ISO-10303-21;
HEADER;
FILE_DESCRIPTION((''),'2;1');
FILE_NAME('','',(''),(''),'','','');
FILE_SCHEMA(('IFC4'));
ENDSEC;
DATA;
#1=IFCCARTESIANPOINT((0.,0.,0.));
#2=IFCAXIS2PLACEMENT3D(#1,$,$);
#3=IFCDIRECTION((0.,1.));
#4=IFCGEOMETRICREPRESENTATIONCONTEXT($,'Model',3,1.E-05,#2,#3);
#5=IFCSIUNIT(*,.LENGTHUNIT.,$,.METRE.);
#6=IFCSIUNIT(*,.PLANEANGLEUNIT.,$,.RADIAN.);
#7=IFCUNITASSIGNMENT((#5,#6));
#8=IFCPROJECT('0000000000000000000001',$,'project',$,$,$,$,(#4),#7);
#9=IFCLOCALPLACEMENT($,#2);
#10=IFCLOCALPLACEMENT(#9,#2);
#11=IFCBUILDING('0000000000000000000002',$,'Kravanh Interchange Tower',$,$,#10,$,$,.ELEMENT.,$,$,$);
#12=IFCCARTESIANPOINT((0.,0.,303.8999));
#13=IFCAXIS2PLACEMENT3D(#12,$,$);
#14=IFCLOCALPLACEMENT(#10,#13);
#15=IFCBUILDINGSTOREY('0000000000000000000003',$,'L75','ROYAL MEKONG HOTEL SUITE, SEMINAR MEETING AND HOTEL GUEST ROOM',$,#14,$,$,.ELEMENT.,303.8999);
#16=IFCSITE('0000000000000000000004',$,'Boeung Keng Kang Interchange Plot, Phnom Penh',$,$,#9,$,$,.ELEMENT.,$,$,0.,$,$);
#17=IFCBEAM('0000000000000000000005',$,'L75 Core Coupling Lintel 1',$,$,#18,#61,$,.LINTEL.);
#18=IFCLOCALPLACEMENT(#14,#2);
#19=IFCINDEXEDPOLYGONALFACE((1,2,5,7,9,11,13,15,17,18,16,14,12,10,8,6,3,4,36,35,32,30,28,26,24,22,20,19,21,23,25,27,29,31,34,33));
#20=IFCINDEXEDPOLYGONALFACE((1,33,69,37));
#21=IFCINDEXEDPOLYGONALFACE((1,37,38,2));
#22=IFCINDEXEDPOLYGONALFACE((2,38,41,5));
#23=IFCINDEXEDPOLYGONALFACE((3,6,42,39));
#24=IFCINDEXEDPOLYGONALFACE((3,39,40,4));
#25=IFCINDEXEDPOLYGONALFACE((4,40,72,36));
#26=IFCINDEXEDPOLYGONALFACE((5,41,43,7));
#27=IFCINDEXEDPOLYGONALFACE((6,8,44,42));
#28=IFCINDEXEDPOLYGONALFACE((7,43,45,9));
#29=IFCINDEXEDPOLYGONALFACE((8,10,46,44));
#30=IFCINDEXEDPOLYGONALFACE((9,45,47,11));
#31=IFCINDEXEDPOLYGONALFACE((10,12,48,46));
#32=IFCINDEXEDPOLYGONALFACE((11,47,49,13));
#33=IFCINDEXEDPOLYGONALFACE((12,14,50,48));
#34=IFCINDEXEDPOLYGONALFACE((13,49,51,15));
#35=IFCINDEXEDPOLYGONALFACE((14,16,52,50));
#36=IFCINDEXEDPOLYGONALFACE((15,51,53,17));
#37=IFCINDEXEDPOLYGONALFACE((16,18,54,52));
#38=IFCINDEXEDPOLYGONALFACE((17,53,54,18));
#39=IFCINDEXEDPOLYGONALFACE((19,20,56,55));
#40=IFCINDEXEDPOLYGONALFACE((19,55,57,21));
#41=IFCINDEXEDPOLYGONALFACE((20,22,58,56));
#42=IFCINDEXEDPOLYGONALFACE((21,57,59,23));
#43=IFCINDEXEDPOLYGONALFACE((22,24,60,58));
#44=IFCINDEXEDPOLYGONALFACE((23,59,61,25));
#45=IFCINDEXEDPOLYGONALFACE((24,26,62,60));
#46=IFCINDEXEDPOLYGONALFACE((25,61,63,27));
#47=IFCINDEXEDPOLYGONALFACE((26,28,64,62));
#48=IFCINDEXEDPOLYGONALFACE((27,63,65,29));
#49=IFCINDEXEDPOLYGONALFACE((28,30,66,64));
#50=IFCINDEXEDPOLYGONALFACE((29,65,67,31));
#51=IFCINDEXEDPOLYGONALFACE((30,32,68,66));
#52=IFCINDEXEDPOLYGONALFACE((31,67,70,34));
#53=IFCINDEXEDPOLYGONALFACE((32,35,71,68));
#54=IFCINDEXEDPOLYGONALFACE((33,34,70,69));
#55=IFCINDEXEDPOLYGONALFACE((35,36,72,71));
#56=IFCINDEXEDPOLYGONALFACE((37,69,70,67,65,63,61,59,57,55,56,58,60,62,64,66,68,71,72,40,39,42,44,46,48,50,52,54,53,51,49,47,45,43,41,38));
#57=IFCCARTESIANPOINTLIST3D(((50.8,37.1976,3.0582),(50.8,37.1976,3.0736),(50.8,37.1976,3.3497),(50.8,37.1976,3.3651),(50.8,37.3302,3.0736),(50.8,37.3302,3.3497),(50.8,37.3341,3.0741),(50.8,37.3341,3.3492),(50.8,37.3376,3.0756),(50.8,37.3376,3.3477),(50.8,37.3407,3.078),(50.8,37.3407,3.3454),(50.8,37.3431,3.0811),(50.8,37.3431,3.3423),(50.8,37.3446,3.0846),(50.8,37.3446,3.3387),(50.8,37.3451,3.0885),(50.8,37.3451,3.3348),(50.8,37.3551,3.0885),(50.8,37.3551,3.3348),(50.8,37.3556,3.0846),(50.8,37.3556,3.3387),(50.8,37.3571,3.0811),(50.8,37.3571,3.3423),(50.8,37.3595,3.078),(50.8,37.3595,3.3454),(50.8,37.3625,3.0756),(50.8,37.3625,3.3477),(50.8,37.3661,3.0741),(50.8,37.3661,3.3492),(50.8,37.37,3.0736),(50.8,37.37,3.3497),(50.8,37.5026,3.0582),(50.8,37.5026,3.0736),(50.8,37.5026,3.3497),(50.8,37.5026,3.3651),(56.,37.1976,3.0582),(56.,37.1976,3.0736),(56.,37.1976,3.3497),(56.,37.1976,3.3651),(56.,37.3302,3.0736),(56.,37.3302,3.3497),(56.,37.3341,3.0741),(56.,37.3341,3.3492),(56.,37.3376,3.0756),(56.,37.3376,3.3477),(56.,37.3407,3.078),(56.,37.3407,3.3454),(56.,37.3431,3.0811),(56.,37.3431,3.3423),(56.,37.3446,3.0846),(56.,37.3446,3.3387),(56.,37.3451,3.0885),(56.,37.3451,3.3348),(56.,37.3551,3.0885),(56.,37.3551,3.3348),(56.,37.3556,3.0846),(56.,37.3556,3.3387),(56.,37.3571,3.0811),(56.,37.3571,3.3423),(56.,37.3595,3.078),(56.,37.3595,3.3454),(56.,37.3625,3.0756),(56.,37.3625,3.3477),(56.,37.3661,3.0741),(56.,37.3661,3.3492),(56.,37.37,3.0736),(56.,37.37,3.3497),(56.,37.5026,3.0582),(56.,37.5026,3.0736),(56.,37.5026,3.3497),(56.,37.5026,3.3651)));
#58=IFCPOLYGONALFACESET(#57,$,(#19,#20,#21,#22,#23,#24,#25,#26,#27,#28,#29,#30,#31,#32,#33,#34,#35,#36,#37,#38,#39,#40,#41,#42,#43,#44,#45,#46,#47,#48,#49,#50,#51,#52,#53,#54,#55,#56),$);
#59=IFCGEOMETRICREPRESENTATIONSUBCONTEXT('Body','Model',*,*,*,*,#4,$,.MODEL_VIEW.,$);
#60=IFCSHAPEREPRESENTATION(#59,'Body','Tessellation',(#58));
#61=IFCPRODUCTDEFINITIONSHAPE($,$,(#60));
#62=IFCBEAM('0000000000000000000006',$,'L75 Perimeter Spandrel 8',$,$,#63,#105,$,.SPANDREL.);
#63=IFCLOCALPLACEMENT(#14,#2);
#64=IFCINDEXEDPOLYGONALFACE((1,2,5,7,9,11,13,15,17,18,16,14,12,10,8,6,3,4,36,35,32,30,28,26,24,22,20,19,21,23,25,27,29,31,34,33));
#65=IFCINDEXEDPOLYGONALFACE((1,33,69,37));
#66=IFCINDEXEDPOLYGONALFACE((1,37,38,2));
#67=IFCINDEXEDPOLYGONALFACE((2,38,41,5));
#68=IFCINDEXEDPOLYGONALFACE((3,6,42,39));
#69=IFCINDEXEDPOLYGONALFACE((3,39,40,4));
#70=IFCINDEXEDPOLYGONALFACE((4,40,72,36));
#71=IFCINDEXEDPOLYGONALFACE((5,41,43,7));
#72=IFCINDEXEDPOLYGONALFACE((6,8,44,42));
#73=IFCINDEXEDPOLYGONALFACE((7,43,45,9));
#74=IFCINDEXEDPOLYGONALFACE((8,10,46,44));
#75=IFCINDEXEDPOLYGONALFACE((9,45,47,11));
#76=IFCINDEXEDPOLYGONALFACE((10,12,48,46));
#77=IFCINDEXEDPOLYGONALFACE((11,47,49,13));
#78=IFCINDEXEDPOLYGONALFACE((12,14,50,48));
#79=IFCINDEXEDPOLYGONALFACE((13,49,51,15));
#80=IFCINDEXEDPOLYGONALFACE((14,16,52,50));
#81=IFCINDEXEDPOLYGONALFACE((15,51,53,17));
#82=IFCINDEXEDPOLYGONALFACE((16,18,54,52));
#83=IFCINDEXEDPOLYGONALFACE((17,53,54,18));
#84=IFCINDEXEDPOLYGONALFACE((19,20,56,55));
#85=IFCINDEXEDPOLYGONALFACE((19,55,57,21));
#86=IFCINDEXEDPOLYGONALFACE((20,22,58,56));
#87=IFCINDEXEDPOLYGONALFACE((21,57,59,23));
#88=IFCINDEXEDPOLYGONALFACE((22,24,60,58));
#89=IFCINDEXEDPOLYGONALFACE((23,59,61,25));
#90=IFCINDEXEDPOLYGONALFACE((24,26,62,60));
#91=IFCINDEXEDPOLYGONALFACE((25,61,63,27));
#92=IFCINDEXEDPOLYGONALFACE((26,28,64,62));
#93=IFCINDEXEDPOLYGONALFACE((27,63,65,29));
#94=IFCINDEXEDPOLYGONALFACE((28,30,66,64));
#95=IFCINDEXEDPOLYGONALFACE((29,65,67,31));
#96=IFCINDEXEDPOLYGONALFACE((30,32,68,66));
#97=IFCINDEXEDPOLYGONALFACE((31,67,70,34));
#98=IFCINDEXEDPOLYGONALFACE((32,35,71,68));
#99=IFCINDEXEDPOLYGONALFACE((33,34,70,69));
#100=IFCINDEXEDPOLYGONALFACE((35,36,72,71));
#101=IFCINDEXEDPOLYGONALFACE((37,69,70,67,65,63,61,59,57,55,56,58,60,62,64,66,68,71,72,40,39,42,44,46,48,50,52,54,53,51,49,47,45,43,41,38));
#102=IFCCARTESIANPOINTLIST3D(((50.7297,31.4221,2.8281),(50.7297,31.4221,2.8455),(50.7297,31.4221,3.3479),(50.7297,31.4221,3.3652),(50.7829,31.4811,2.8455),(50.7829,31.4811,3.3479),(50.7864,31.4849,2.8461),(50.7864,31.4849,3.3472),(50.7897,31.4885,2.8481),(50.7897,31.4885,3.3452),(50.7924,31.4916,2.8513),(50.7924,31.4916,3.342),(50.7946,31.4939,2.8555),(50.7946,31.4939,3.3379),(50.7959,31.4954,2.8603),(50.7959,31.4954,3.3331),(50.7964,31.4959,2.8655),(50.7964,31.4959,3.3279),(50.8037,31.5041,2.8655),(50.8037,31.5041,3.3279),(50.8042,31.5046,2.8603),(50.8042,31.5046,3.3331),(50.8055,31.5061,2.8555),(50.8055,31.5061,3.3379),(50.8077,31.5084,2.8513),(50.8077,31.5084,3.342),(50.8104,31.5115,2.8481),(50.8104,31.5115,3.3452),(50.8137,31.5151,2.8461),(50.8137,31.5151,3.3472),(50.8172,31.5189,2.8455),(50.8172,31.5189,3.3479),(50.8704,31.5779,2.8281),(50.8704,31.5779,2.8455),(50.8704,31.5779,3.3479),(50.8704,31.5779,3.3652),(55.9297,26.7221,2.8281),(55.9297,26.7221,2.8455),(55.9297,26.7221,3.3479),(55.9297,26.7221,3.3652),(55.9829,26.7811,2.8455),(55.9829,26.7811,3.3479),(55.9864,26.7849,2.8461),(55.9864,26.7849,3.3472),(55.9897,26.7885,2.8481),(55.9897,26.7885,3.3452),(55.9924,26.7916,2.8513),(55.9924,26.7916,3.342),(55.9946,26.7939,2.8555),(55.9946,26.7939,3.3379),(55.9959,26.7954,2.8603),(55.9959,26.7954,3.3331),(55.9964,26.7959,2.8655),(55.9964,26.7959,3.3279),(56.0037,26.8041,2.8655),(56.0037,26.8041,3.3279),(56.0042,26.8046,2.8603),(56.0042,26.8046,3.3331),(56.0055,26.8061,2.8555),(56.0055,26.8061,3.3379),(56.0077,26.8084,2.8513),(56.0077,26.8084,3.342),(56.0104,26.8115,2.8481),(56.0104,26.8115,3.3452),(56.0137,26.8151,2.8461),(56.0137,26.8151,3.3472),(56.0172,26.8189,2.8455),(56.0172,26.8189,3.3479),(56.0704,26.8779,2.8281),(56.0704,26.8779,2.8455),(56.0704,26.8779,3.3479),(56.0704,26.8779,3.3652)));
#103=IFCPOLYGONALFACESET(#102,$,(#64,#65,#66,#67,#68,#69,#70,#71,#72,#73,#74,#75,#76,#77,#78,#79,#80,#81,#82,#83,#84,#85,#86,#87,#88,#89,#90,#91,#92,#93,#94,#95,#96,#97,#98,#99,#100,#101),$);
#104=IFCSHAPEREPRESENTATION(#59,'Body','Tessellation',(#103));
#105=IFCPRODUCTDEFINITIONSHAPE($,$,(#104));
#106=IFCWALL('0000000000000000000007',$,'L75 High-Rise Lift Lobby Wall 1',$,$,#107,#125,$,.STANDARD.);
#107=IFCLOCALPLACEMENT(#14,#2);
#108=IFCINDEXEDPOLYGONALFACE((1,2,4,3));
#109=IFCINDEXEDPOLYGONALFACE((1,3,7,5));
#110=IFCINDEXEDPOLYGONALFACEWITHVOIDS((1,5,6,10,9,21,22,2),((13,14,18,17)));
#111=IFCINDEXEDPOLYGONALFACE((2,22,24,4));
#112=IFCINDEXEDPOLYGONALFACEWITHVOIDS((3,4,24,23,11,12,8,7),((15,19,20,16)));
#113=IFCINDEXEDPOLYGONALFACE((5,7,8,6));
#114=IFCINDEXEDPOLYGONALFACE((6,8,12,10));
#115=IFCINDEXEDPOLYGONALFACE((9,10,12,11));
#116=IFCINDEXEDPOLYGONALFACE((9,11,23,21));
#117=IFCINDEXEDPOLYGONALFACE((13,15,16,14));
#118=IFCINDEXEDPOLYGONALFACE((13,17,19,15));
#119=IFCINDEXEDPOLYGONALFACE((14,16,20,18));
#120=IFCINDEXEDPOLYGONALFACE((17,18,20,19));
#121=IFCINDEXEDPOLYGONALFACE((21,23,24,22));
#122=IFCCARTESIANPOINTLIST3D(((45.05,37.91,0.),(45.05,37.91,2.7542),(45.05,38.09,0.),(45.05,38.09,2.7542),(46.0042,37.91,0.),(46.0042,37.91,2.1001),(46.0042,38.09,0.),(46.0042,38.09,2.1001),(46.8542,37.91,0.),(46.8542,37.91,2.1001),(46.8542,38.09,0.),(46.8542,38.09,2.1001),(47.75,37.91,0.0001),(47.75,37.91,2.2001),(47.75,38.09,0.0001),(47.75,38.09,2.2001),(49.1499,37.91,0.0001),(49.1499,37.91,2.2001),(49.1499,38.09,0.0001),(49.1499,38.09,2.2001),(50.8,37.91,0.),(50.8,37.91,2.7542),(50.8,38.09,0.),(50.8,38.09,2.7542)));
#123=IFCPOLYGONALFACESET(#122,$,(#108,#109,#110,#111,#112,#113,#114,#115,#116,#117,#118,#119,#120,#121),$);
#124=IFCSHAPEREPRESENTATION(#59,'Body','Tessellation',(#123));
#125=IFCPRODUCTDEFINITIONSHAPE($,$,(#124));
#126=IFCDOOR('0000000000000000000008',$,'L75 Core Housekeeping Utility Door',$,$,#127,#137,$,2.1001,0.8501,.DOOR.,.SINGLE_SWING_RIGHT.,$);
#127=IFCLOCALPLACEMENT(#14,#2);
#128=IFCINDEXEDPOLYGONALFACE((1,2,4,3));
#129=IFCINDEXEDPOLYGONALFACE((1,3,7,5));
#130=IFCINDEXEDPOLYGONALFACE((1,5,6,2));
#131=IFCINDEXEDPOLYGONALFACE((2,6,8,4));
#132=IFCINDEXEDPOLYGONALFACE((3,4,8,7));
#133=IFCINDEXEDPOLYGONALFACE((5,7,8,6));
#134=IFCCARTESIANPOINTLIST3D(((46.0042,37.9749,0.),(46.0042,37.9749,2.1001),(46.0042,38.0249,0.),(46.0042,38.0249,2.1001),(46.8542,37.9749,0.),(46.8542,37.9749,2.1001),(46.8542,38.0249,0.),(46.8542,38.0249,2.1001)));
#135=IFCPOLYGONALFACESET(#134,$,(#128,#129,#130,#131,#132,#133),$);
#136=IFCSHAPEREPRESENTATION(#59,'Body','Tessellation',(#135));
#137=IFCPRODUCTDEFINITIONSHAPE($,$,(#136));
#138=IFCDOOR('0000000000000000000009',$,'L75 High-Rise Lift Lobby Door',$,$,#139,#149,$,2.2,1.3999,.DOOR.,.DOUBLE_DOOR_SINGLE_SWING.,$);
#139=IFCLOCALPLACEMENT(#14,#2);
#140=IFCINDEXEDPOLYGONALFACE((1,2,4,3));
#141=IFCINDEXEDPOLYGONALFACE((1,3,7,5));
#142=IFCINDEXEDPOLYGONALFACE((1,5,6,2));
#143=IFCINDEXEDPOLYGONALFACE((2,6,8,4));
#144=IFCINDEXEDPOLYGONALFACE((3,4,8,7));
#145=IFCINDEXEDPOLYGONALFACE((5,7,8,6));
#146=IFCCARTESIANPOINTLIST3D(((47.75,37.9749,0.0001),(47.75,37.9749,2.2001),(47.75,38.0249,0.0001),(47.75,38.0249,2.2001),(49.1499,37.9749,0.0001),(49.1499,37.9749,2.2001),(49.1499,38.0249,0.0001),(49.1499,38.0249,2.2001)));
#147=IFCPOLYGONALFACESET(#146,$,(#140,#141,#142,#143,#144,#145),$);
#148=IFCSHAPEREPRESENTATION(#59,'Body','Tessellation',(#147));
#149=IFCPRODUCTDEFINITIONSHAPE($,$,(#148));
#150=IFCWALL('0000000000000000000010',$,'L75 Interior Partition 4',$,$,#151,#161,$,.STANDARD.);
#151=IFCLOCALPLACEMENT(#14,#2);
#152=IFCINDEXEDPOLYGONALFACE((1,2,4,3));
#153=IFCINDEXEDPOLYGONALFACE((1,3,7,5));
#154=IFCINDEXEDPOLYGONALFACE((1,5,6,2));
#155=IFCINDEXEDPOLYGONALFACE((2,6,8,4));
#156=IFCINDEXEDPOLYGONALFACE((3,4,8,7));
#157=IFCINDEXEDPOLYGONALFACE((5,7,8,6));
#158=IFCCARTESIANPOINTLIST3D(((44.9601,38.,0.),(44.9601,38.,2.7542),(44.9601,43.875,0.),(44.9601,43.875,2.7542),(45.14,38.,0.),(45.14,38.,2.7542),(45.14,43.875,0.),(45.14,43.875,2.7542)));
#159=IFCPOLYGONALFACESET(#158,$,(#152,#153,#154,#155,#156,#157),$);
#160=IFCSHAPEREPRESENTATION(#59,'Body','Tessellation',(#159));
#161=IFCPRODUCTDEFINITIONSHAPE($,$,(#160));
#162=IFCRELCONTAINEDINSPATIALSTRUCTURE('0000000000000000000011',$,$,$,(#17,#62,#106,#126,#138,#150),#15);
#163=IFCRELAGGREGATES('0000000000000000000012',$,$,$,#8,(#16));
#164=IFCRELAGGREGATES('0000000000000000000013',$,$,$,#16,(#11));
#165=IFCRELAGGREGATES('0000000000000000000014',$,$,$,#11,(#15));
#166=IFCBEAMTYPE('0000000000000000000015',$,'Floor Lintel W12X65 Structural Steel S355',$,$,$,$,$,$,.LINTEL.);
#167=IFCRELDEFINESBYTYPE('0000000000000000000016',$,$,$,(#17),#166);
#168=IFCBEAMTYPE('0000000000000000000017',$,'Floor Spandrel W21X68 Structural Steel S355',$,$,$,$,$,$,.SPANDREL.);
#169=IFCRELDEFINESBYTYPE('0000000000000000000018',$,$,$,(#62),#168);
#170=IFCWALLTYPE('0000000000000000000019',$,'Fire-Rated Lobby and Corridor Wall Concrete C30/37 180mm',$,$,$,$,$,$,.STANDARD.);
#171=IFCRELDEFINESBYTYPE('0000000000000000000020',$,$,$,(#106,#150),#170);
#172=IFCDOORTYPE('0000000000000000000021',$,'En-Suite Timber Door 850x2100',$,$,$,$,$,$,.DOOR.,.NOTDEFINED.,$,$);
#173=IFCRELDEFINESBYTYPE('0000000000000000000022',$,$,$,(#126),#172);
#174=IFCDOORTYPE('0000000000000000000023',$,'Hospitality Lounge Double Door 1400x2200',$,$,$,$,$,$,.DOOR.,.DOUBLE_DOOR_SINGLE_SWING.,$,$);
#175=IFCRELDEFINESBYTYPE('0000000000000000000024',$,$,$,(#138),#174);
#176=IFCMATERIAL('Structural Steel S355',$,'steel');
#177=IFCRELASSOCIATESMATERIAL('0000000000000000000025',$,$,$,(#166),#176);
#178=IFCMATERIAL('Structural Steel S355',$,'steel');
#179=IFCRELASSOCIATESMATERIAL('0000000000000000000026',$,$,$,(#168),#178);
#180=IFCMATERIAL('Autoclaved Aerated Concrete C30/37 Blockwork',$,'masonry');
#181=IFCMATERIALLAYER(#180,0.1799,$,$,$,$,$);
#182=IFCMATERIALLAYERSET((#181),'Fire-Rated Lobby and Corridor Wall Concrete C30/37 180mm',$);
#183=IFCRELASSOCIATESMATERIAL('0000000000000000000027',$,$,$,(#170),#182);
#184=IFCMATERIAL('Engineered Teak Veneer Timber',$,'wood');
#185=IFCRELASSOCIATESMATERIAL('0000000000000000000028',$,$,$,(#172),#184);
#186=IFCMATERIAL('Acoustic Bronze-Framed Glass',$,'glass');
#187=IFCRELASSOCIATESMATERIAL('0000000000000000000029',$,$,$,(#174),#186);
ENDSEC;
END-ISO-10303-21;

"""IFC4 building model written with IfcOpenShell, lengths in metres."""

from ifc_helpers import new_model, si_unit, direction, frame, frame_2d, origin, origin_2d, place, context, subcontext, project, spatial, rectangle, i_section, extrude, material, layer, layer_set, material_profile, profile_set, type_object, element, fill, save


model = new_model("IFC4")

# Units and contexts
model_context = context("Model", 3, precision=1e-05, world=origin(), true_north=direction((0.0, 1.0)))
body_context = subcontext(model_context, "Body", "Model", "MODEL_VIEW")
ifc_project = project(units=[si_unit("LENGTHUNIT", "METRE"), si_unit("PLANEANGLEUNIT", "RADIAN")], contexts=[model_context])

# Site, building, storey
site_placement = place(None, origin())
site = spatial("IfcSite", under=ifc_project, at=site_placement, Name="Boeung Keng Kang Interchange Plot, Phnom Penh", CompositionType="ELEMENT", RefElevation=0.0)
building_placement = place(site_placement, origin())
building = spatial("IfcBuilding", under=site, at=building_placement, Name="Kravanh Interchange Tower", CompositionType="ELEMENT")
storey_placement = place(building_placement, frame((0.0, 0.0, 303.8999)))
storey = spatial("IfcBuildingStorey", under=building, at=storey_placement, Name="L75", Description="ROYAL MEKONG HOTEL SUITE, SEMINAR MEETING AND HOTEL GUEST ROOM", CompositionType="ELEMENT", Elevation=303.8999)

# Beams
ifc_material_1 = material(Name="Structural Steel S355", Category="steel")
ifc_material_profile_1 = material_profile(ifc_material_1, i_section(OverallWidth=0.3049, OverallDepth=0.3069, WebThickness=0.01, FlangeThickness=0.0154, FilletRadius=0.0149, at=origin_2d()), Name="W12X65")
ifc_profile_set_1 = profile_set([ifc_material_profile_1], Name="Structural Steel S355")
beam_type_1 = type_object("IfcBeamType", Name="Floor Lintel W12X65 Structural Steel S355", PredefinedType="LINTEL", material=ifc_profile_set_1)
beam_1_placement = place(storey_placement, frame((50.8, 37.3501, 3.2117), z_axis=(1.0, 0.0, 0.0), x_axis=(0.0, 1.0, 0.0)))
element("IfcBeam", 1, at=beam_1_placement, inside=storey, type_object=beam_type_1, Name="L75 Core Coupling Lintel 1", PredefinedType="LINTEL", context=body_context, shape_type="SweptSolid", body=[
    extrude(i_section(OverallWidth=0.3049, OverallDepth=0.3069, WebThickness=0.01, FlangeThickness=0.0154, FilletRadius=0.0149, at=origin_2d()), origin(), (0.0, 0.0, 1.0), 5.2),
])
ifc_material_2 = material(Name="Structural Steel S355", Category="steel")
ifc_material_profile_2 = material_profile(ifc_material_2, i_section(OverallWidth=0.21, OverallDepth=0.5371, WebThickness=0.011, FlangeThickness=0.0173, FilletRadius=0.02, at=origin_2d()), Name="W21X68")
ifc_profile_set_2 = profile_set([ifc_material_profile_2], Name="Structural Steel S355")
beam_type_2 = type_object("IfcBeamType", Name="Floor Spandrel W21X68 Structural Steel S355", PredefinedType="SPANDREL", material=ifc_profile_set_2)
beam_2_placement = place(storey_placement, frame((50.8, 31.5, 3.0967), z_axis=(0.741874, -0.670539, 0.0), x_axis=(0.670539, 0.741874, 0.0)))
element("IfcBeam", 2, at=beam_2_placement, inside=storey, type_object=beam_type_2, Name="L75 Perimeter Spandrel 8", PredefinedType="SPANDREL", context=body_context, shape_type="SweptSolid", body=[
    extrude(i_section(OverallWidth=0.21, OverallDepth=0.5371, WebThickness=0.011, FlangeThickness=0.0173, FilletRadius=0.02, at=origin_2d()), origin(), (0.0, 0.0, 1.0), 7.0093),
])

# Wall, openings, doors
ifc_material_3 = material(Name="Autoclaved Aerated Concrete C30/37 Blockwork", Category="masonry")
ifc_layer = layer(ifc_material_3, 0.1799)
ifc_layer_set = layer_set([ifc_layer], Name="Fire-Rated Lobby and Corridor Wall Concrete C30/37 180mm")
wall_type = type_object("IfcWallType", Name="Fire-Rated Lobby and Corridor Wall Concrete C30/37 180mm", PredefinedType="STANDARD", material=ifc_layer_set)
wall_1_placement = place(storey_placement, frame((45.05, 38.0, 0.0), z_axis=(0.0, 0.0, 1.0), x_axis=(1.0, 0.0, 0.0)))
wall_1 = element("IfcWall", 3, at=wall_1_placement, inside=storey, type_object=wall_type, Name="L75 High-Rise Lift Lobby Wall 1", PredefinedType="STANDARD", context=body_context, shape_type="SweptSolid", body=[
    extrude(rectangle(XDim=5.75, YDim=0.1799, at=frame_2d((2.875, 0.0))), origin(), (0.0, 0.0, 1.0), 2.7542),
])
opening_1_placement = place(wall_1_placement, frame((0.9541, 0.0, 0.0)))
opening_1 = element("IfcOpeningElement", 4, at=opening_1_placement, cuts=wall_1, PredefinedType="OPENING", context=body_context, shape_type="SweptSolid", body=[
    extrude(rectangle(XDim=0.8501, YDim=2.1001, at=frame_2d((0.425, 1.05))), frame((0.0, 0.1001, 0.0), z_axis=(0.0, -1.0, 0.0), x_axis=(1.0, 0.0, 0.0)), (0.0, 0.0, 1.0), 0.2),
])
opening_2_placement = place(wall_1_placement, frame((2.7, 0.0, 0.0)))
opening_2 = element("IfcOpeningElement", 5, at=opening_2_placement, cuts=wall_1, PredefinedType="OPENING", context=body_context, shape_type="SweptSolid", body=[
    extrude(rectangle(XDim=1.3999, YDim=2.2, at=frame_2d((0.7, 1.1001))), frame((0.0, 0.1001, 0.0), z_axis=(0.0, -1.0, 0.0), x_axis=(1.0, 0.0, 0.0)), (0.0, 0.0, 1.0), 0.2),
])
ifc_material_4 = material(Name="Engineered Teak Veneer Timber", Category="wood")
door_type_1 = type_object("IfcDoorType", Name="En-Suite Timber Door 850x2100", OperationType="NOTDEFINED", PredefinedType="DOOR", material=ifc_material_4)
door_1_placement = place(opening_1_placement, origin())
door_1 = element("IfcDoor", 6, at=door_1_placement, inside=storey, type_object=door_type_1, Name="L75 Core Housekeeping Utility Door", OperationType="SINGLE_SWING_RIGHT", OverallHeight=2.1001, OverallWidth=0.8501, PredefinedType="DOOR", context=body_context, shape_type="SweptSolid", body=[
    extrude(rectangle(XDim=0.8501, YDim=2.1001, at=frame_2d((0.425, 1.05))), frame((0.0, 0.0249, 0.0), z_axis=(0.0, -1.0, 0.0), x_axis=(1.0, 0.0, 0.0)), (0.0, 0.0, 1.0), 0.05),
])
fill(opening_1, door_1)
ifc_material_5 = material(Name="Acoustic Bronze-Framed Glass", Category="glass")
door_type_2 = type_object("IfcDoorType", Name="Hospitality Lounge Double Door 1400x2200", OperationType="DOUBLE_DOOR_SINGLE_SWING", PredefinedType="DOOR", material=ifc_material_5)
door_2_placement = place(opening_2_placement, origin())
door_2 = element("IfcDoor", 7, at=door_2_placement, inside=storey, type_object=door_type_2, Name="L75 High-Rise Lift Lobby Door", OperationType="DOUBLE_DOOR_SINGLE_SWING", OverallHeight=2.2, OverallWidth=1.3999, PredefinedType="DOOR", context=body_context, shape_type="SweptSolid", body=[
    extrude(rectangle(XDim=1.3999, YDim=2.2, at=frame_2d((0.7, 1.1001))), frame((0.0, 0.0249, 0.0), z_axis=(0.0, -1.0, 0.0), x_axis=(1.0, 0.0, 0.0)), (0.0, 0.0, 1.0), 0.05),
])
fill(opening_2, door_2)

# Wall
wall_2_placement = place(storey_placement, frame((45.05, 38.0, 0.0), z_axis=(0.0, 0.0, 1.0), x_axis=(0.0, 1.0, 0.0)))
element("IfcWall", 8, at=wall_2_placement, inside=storey, type_object=wall_type, Name="L75 Interior Partition 4", PredefinedType="STANDARD", context=body_context, shape_type="SweptSolid", body=[
    extrude(rectangle(XDim=5.875, YDim=0.1799, at=frame_2d((2.9375, 0.0))), origin(), (0.0, 0.0, 1.0), 2.7542),
])

save(model, "model.ifc")
